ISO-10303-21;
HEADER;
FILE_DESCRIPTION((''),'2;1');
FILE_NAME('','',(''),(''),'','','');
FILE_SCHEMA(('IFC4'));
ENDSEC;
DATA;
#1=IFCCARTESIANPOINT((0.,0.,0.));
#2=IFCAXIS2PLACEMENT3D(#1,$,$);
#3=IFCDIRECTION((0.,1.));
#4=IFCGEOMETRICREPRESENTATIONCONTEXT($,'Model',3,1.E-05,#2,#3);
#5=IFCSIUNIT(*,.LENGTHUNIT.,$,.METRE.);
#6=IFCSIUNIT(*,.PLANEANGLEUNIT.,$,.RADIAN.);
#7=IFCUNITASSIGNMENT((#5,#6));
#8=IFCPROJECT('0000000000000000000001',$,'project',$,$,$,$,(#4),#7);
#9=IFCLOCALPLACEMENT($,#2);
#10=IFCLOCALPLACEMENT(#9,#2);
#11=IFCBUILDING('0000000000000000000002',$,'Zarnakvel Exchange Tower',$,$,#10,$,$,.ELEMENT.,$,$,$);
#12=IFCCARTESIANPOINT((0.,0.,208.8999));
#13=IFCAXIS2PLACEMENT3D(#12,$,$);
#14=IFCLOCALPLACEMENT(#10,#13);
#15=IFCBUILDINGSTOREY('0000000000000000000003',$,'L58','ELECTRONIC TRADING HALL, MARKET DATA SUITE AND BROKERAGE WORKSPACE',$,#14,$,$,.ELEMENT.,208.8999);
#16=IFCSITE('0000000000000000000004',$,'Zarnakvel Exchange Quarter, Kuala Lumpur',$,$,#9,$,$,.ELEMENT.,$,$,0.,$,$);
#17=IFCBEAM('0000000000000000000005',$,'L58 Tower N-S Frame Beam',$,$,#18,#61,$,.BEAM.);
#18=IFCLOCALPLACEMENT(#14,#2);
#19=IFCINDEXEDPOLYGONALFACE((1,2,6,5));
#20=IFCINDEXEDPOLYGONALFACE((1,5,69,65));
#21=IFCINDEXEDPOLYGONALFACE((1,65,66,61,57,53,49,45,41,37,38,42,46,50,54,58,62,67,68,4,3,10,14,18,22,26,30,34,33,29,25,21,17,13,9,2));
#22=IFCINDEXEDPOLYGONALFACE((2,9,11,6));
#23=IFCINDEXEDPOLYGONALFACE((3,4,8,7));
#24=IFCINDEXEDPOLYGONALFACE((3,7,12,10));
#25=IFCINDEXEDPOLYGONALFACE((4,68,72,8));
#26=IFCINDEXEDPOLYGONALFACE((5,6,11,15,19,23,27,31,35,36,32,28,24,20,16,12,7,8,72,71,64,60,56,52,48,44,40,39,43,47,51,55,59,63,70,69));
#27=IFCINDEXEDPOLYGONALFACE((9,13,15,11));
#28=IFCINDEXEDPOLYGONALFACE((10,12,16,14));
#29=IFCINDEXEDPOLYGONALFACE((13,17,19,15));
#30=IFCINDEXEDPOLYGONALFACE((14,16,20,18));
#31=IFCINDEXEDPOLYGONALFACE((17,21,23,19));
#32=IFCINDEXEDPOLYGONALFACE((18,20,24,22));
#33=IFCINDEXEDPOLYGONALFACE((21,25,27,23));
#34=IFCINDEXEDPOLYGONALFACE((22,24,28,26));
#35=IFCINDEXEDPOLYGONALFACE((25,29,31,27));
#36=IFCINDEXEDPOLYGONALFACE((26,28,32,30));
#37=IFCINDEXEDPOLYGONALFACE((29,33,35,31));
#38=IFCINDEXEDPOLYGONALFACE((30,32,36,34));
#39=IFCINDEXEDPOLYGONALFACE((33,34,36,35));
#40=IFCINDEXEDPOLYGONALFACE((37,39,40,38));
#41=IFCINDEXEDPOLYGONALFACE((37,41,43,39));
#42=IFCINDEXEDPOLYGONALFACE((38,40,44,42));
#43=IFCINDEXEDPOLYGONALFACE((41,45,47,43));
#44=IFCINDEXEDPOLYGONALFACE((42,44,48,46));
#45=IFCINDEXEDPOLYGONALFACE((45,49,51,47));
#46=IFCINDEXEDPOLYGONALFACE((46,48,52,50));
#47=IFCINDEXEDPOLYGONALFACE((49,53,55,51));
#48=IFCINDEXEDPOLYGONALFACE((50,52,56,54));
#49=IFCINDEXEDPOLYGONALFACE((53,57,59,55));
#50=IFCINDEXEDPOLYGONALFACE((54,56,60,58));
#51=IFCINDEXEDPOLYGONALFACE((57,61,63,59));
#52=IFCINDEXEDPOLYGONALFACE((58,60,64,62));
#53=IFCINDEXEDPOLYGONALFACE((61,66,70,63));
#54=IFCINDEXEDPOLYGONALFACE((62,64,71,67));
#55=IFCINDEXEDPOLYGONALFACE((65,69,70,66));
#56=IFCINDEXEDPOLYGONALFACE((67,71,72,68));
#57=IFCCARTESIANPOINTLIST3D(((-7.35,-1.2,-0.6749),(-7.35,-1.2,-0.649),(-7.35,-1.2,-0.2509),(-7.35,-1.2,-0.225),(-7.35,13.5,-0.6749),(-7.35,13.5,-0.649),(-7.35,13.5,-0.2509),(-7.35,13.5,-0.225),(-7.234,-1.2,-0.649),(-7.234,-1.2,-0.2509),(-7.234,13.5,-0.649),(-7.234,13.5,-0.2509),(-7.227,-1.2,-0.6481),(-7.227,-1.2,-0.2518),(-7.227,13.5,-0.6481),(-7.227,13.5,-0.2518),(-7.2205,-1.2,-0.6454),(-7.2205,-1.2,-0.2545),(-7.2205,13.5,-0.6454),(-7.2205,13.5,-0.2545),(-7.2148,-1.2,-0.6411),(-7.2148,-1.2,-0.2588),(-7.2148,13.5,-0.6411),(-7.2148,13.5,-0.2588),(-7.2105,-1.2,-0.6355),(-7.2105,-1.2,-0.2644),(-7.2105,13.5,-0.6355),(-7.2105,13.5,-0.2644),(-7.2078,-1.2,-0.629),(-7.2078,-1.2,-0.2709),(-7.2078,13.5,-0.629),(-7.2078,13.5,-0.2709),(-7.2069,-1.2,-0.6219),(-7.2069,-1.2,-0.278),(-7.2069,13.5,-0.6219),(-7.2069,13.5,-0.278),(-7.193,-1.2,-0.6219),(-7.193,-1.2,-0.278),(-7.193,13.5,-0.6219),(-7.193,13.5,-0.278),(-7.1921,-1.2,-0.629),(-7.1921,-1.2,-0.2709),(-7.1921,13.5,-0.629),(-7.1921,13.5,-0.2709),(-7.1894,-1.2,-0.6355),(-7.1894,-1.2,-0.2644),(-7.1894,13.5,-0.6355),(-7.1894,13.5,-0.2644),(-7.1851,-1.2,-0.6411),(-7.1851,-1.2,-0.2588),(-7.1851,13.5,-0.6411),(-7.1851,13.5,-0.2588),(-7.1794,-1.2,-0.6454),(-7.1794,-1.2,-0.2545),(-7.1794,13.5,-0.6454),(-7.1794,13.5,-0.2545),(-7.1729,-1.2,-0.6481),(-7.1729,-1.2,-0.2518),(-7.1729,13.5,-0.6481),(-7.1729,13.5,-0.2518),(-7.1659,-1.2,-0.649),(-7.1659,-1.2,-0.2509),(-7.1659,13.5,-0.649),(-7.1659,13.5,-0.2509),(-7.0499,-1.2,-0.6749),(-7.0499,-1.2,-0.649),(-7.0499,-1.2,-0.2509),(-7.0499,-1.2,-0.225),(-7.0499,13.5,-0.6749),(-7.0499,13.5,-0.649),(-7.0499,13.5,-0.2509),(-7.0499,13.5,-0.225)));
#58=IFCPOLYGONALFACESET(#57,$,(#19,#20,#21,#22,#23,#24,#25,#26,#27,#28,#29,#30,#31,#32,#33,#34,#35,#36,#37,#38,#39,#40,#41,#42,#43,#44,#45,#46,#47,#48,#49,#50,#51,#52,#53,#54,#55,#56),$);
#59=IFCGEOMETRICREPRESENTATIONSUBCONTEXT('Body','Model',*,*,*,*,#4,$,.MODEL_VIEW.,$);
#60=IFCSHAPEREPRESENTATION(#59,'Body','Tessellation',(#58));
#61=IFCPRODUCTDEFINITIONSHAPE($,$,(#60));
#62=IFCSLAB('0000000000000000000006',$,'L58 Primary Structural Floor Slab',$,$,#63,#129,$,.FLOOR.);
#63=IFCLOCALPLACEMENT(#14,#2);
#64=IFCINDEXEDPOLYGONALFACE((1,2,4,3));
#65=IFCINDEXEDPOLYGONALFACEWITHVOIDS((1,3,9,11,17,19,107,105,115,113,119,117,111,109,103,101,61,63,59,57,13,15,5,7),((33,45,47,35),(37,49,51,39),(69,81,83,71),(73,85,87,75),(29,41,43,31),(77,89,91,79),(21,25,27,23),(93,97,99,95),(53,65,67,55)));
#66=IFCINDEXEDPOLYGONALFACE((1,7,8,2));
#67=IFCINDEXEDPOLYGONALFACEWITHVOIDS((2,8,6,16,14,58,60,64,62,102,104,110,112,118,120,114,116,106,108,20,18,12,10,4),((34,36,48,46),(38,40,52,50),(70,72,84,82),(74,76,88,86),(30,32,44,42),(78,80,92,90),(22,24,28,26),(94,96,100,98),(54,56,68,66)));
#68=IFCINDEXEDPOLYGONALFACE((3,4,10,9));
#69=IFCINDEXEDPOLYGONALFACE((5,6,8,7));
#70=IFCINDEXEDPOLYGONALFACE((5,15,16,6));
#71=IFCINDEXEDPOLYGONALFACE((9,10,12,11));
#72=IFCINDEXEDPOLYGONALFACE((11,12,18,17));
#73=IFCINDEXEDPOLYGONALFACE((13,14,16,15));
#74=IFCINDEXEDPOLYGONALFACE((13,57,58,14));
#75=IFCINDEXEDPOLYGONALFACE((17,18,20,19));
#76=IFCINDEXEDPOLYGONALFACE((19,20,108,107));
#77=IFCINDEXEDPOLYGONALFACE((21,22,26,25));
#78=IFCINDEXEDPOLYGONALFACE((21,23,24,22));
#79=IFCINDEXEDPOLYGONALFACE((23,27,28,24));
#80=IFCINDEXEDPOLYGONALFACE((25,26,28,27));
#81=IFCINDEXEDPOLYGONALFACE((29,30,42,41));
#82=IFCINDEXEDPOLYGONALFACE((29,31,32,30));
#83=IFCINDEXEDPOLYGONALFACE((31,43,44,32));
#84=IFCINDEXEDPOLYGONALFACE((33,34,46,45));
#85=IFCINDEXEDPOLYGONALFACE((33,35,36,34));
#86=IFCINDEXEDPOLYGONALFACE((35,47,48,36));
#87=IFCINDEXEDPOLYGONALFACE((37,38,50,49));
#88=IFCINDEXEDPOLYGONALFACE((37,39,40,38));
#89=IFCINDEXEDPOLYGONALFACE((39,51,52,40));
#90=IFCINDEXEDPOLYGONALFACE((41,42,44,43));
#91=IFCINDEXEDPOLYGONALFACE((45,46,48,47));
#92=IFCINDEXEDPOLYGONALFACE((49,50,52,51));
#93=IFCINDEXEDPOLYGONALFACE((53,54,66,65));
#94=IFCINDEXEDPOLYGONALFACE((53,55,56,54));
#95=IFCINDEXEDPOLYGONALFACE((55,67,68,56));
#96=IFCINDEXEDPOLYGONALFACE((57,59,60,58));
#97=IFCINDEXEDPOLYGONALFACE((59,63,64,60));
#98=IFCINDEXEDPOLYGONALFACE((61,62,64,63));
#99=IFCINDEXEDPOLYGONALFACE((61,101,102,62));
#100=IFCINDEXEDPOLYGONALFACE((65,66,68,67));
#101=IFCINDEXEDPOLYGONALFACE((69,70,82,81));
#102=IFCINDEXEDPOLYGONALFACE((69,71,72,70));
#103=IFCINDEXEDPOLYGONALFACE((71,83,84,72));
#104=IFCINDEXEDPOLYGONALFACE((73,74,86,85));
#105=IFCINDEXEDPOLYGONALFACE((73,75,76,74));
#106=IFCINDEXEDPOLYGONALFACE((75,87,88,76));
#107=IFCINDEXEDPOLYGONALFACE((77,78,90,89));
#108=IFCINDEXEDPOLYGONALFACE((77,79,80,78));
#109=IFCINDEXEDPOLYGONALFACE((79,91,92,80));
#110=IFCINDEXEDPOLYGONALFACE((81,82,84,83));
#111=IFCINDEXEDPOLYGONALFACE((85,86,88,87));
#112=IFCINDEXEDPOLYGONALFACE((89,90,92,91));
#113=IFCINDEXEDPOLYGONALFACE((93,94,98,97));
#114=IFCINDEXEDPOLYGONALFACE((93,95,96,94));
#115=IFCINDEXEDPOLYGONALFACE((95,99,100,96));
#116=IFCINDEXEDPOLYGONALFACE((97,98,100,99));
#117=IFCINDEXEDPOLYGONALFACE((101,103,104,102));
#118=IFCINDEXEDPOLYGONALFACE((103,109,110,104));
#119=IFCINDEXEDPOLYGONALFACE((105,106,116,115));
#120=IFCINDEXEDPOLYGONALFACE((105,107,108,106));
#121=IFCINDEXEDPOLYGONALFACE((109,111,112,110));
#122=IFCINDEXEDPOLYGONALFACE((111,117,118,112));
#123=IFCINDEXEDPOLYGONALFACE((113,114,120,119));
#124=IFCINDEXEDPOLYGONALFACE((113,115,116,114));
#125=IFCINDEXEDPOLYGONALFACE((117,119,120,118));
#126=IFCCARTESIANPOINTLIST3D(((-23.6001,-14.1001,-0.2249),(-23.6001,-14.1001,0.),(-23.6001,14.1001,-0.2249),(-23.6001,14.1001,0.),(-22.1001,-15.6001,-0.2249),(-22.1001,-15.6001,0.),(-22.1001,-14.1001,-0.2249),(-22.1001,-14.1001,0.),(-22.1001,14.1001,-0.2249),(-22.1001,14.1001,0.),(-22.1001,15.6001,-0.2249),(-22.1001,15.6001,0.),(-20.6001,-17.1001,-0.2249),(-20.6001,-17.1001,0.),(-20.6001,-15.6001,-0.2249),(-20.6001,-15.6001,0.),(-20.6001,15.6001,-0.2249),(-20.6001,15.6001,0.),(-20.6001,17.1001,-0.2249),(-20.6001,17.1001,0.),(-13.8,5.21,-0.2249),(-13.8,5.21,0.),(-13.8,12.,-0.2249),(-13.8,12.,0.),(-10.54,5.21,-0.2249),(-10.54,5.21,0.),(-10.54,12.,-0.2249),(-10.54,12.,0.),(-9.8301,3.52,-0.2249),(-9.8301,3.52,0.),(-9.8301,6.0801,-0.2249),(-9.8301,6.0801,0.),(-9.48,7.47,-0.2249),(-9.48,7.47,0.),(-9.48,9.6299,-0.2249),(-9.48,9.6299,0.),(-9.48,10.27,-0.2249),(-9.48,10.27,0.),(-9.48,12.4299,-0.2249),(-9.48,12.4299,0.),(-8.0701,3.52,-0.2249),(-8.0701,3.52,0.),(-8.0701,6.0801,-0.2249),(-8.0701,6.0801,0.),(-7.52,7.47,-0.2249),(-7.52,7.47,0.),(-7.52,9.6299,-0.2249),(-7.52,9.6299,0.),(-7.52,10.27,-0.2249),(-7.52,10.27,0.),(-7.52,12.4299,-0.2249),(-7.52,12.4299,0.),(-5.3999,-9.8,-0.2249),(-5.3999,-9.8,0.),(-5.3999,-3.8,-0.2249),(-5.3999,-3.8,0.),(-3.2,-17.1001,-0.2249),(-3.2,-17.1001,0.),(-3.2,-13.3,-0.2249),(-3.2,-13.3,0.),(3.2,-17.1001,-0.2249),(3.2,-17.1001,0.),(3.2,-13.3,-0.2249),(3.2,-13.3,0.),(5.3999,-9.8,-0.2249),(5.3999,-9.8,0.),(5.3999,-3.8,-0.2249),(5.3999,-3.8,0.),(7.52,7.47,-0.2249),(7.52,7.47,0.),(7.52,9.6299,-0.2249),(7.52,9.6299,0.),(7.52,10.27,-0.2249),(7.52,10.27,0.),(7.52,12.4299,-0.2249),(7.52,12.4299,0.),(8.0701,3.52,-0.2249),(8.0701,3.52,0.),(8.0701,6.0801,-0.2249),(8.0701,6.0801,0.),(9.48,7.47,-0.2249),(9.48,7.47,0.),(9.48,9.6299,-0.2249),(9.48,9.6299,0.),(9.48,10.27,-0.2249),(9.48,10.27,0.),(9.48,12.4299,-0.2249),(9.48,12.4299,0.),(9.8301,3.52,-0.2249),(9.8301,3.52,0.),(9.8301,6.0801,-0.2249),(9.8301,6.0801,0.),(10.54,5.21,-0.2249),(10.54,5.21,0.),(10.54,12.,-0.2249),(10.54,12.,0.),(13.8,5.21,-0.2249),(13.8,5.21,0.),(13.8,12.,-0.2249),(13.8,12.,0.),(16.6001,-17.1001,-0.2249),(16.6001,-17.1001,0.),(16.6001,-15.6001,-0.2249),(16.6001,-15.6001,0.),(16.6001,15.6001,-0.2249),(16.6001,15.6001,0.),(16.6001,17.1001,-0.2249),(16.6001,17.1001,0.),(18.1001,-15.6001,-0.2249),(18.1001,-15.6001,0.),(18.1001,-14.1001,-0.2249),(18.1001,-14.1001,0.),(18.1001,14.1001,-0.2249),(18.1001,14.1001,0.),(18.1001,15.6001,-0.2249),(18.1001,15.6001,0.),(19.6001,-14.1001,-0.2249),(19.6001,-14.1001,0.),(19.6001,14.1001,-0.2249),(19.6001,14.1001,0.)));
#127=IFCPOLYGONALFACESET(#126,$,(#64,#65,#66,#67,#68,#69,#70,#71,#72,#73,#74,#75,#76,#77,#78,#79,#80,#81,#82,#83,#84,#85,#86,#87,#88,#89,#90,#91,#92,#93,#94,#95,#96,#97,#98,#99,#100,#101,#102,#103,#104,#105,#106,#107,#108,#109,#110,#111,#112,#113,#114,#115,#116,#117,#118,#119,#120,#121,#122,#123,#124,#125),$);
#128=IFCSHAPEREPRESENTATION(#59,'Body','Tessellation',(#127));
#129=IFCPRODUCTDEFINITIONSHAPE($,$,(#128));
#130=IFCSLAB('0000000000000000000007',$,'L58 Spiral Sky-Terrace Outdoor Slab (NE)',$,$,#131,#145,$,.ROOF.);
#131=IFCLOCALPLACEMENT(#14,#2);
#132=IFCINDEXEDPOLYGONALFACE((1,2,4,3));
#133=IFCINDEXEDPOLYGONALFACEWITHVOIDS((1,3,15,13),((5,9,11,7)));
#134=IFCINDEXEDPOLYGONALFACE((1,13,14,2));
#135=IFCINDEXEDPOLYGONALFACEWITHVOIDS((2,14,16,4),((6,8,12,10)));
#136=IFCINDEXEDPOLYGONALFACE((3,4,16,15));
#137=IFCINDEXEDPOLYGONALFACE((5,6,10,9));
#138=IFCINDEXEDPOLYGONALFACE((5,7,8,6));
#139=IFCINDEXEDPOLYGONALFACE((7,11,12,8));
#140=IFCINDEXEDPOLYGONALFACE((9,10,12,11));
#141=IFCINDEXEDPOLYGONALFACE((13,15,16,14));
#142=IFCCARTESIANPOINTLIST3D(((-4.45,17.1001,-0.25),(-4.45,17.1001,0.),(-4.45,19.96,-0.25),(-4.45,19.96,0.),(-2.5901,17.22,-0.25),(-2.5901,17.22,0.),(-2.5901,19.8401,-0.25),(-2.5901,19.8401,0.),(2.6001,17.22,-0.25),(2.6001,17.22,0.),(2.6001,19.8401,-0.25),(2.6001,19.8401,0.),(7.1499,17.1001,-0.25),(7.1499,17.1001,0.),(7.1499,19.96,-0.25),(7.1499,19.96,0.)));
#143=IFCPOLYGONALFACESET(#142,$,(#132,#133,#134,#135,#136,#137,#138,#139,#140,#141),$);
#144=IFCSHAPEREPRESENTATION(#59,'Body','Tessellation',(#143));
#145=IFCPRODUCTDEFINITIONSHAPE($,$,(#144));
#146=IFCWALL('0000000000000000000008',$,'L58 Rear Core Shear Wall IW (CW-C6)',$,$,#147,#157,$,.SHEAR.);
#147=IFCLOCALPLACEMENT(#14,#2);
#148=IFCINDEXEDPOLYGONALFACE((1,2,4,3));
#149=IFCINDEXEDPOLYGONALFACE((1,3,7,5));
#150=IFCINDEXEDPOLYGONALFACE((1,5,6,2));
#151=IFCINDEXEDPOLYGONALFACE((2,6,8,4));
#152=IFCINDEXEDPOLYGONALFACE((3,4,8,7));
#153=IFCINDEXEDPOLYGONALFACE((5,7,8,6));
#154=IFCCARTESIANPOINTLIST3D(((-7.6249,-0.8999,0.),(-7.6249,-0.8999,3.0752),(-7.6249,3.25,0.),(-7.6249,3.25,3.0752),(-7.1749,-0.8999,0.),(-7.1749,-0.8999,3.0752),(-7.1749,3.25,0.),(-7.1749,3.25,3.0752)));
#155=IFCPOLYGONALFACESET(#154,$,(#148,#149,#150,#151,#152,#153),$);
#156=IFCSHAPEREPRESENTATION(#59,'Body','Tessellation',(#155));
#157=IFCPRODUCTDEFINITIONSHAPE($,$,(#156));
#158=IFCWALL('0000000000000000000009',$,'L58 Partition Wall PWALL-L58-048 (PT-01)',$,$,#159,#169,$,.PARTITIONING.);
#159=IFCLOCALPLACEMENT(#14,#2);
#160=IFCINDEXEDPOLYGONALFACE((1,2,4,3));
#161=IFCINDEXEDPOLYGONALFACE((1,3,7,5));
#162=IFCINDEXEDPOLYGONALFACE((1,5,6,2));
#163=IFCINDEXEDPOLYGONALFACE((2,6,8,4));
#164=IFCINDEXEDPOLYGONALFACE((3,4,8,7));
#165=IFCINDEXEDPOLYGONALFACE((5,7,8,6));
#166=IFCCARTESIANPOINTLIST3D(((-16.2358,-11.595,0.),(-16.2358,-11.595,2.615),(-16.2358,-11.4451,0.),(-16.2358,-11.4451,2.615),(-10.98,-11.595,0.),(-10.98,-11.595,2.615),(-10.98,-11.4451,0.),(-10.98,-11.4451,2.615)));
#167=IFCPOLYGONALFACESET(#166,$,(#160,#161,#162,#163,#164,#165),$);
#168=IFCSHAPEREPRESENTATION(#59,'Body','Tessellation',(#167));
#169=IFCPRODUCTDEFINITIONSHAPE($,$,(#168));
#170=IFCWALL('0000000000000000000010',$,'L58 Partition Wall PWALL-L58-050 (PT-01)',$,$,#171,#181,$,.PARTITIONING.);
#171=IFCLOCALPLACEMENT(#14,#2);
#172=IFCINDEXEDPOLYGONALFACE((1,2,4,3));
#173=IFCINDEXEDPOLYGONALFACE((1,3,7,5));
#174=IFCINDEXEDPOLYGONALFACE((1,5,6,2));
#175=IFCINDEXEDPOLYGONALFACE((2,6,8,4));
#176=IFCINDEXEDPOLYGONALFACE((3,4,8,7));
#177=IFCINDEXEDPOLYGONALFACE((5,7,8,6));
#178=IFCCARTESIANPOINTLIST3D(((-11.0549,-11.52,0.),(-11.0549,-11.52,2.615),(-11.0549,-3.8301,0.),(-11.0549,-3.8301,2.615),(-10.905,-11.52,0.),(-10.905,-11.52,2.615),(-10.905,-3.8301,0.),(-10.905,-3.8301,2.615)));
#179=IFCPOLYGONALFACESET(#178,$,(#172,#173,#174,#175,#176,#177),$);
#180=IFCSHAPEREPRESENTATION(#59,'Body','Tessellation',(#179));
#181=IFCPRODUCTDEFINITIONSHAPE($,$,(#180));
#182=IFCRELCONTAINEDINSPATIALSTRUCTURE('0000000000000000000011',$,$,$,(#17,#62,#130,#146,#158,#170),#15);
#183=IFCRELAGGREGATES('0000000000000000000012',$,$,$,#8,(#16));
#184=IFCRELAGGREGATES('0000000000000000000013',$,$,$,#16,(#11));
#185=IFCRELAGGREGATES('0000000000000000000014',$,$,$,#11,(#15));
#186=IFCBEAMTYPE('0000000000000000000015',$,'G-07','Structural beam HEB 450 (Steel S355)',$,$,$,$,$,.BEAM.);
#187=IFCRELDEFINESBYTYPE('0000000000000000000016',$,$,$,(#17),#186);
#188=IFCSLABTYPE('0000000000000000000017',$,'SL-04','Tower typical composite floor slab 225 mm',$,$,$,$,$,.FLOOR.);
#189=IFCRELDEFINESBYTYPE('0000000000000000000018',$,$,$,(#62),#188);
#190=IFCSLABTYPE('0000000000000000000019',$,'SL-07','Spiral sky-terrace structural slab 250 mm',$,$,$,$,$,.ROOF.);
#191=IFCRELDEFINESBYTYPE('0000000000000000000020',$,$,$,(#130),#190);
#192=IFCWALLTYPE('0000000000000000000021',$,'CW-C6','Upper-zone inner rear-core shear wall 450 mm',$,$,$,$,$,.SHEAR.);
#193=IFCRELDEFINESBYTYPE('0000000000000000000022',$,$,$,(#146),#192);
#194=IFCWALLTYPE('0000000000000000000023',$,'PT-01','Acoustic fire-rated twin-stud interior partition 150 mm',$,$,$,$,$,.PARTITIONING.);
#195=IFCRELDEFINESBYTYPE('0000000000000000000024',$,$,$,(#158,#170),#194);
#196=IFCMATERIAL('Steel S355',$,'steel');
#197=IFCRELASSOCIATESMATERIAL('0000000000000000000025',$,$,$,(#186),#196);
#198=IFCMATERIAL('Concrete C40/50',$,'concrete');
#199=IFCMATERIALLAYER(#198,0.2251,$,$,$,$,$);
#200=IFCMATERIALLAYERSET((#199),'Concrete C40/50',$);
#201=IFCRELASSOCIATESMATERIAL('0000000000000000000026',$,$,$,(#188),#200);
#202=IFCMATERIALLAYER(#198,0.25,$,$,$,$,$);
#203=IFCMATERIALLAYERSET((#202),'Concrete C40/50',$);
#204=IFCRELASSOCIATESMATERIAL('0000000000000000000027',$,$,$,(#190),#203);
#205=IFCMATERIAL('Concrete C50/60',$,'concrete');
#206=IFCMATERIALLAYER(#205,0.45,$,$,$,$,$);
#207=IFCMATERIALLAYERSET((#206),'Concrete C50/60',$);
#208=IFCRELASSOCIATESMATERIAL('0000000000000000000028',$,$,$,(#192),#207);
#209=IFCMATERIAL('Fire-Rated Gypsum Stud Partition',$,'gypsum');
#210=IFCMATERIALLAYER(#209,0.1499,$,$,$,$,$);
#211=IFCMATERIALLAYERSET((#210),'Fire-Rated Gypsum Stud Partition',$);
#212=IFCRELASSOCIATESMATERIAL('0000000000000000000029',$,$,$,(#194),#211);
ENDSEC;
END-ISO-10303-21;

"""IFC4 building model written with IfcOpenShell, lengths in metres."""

from ifc_helpers import new_model, si_unit, direction, frame, frame_2d, origin, origin_2d, place, context, subcontext, project, spatial, polyline, rectangle, i_section, outline, extrude, material, layer, layer_set, material_profile, profile_set, type_object, element, save


model = new_model("IFC4")

# Units and contexts
model_context = context("Model", 3, precision=1e-05, world=origin(), true_north=direction((0.0, 1.0)))
body_context = subcontext(model_context, "Body", "Model", "MODEL_VIEW")
ifc_project = project(units=[si_unit("LENGTHUNIT", "METRE"), si_unit("PLANEANGLEUNIT", "RADIAN")], contexts=[model_context])

# Site, building, storey
site_placement = place(None, origin())
site = spatial("IfcSite", under=ifc_project, at=site_placement, Name="Zarnakvel Exchange Quarter, Kuala Lumpur", CompositionType="ELEMENT", RefElevation=0.0)
building_placement = place(site_placement, origin())
building = spatial("IfcBuilding", under=site, at=building_placement, Name="Zarnakvel Exchange Tower", CompositionType="ELEMENT")
storey_placement = place(building_placement, frame((0.0, 0.0, 208.8999)))
storey = spatial("IfcBuildingStorey", under=building, at=storey_placement, Name="L58", Description="ELECTRONIC TRADING HALL, MARKET DATA SUITE AND BROKERAGE WORKSPACE", CompositionType="ELEMENT", Elevation=208.8999)

# Shared definitions
ifc_material_1 = material(Name="Concrete C50/60", Category="concrete")

# Beam
ifc_material_2 = material(Name="Steel S355", Category="steel")
ifc_material_profile_1 = material_profile(ifc_material_2, i_section(OverallWidth=0.3, OverallDepth=0.45, WebThickness=0.0139, FlangeThickness=0.0259, FilletRadius=0.0271, at=origin_2d()))
ifc_profile_set_1 = profile_set([ifc_material_profile_1], Name="Steel S355")
beam_type_1 = type_object("IfcBeamType", Name="G-07", Description="Structural beam HEB 450 (Steel S355)", PredefinedType="BEAM", material=ifc_profile_set_1)
beam_1_placement = place(storey_placement, frame((-7.2, -1.2, -0.45), z_axis=(0.0, 1.0, 0.0), x_axis=(-1.0, 0.0, 0.0)))
element("IfcBeam", 1, at=beam_1_placement, inside=storey, type_object=beam_type_1, Name="L58 Tower N-S Frame Beam", PredefinedType="BEAM", context=body_context, shape_type="SweptSolid", body=[
    extrude(i_section(OverallWidth=0.3, OverallDepth=0.45, WebThickness=0.0139, FlangeThickness=0.0259, FilletRadius=0.0271, at=origin_2d()), origin(), (0.0, 0.0, 1.0), 14.7),
])

# Slabs
ifc_material_3 = material(Name="Concrete C40/50", Category="concrete")
ifc_layer_1 = layer(ifc_material_3, 0.2251)
ifc_layer_set_1 = layer_set([ifc_layer_1], Name="Concrete C40/50")
slab_type_1 = type_object("IfcSlabType", Name="SL-04", Description="Tower typical composite floor slab 225 mm", PredefinedType="FLOOR", material=ifc_layer_set_1)
slab_1_placement = place(storey_placement, frame((0.0, 0.0, -0.2249)))
element("IfcSlab", 2, at=slab_1_placement, inside=storey, type_object=slab_type_1, Name="L58 Primary Structural Floor Slab", PredefinedType="FLOOR", context=body_context, shape_type="SweptSolid", body=[
    extrude(outline(polyline([(-23.6001, -14.1001), (-22.1001, -14.1001), (-22.1001, -15.6001), (-20.6001, -15.6001), (-20.6001, -17.1001), (-3.2, -17.1001), (-3.2, -13.3), (3.2, -13.3), (3.2, -17.1001), (16.6001, -17.1001), (16.6001, -15.6001), (18.1001, -15.6001), (18.1001, -14.1001), (19.6001, -14.1001), (19.6001, 14.1001), (18.1001, 14.1001), (18.1001, 15.6001), (16.6001, 15.6001), (16.6001, 17.1001), (-20.6001, 17.1001), (-20.6001, 15.6001), (-22.1001, 15.6001), (-22.1001, 14.1001), (-23.6001, 14.1001), (-23.6001, -14.1001)]), holes=[polyline([(-5.3999, -9.8), (5.3999, -9.8), (5.3999, -3.8), (-5.3999, -3.8), (-5.3999, -9.8)]), polyline([(-13.8, 5.21), (-10.54, 5.21), (-10.54, 12.0), (-13.8, 12.0), (-13.8, 5.21)]), polyline([(10.54, 5.21), (13.8, 5.21), (13.8, 12.0), (10.54, 12.0), (10.54, 5.21)]), polyline([(-9.8301, 3.52), (-8.0701, 3.52), (-8.0701, 6.0801), (-9.8301, 6.0801), (-9.8301, 3.52)]), polyline([(8.0701, 3.52), (9.8301, 3.52), (9.8301, 6.0801), (8.0701, 6.0801), (8.0701, 3.52)]), polyline([(-9.48, 7.47), (-7.52, 7.47), (-7.52, 9.6299), (-9.48, 9.6299), (-9.48, 7.47)]), polyline([(-9.48, 10.27), (-7.52, 10.27), (-7.52, 12.4299), (-9.48, 12.4299), (-9.48, 10.27)]), polyline([(7.52, 7.47), (9.48, 7.47), (9.48, 9.6299), (7.52, 9.6299), (7.52, 7.47)]), polyline([(7.52, 10.27), (9.48, 10.27), (9.48, 12.4299), (7.52, 12.4299), (7.52, 10.27)])]), origin(), (0.0, 0.0, 1.0), 0.2249),
])
ifc_layer_2 = layer(ifc_material_3, 0.25)
ifc_layer_set_2 = layer_set([ifc_layer_2], Name="Concrete C40/50")
slab_type_2 = type_object("IfcSlabType", Name="SL-07", Description="Spiral sky-terrace structural slab 250 mm", PredefinedType="ROOF", material=ifc_layer_set_2)
slab_2_placement = place(storey_placement, frame((0.0, 0.0, -0.25)))
element("IfcSlab", 3, at=slab_2_placement, inside=storey, type_object=slab_type_2, Name="L58 Spiral Sky-Terrace Outdoor Slab (NE)", PredefinedType="ROOF", context=body_context, shape_type="SweptSolid", body=[
    extrude(outline(polyline([(-4.45, 17.1001), (7.1499, 17.1001), (7.1499, 19.96), (-4.45, 19.96), (-4.45, 17.1001)]), holes=[polyline([(-2.5901, 17.22), (2.6001, 17.22), (2.6001, 19.8401), (-2.5901, 19.8401), (-2.5901, 17.22)])]), origin(), (0.0, 0.0, 1.0), 0.25),
])

# Walls
ifc_layer_3 = layer(ifc_material_1, 0.45)
ifc_layer_set_3 = layer_set([ifc_layer_3], Name="Concrete C50/60")
wall_type_1 = type_object("IfcWallType", Name="CW-C6", Description="Upper-zone inner rear-core shear wall 450 mm", PredefinedType="SHEAR", material=ifc_layer_set_3)
wall_1_placement = place(storey_placement, frame((-7.3999, -0.8999, 0.0), z_axis=(0.0, 0.0, 1.0), x_axis=(0.0, 1.0, 0.0)))
element("IfcWall", 4, at=wall_1_placement, inside=storey, type_object=wall_type_1, Name="L58 Rear Core Shear Wall IW (CW-C6)", PredefinedType="SHEAR", context=body_context, shape_type="SweptSolid", body=[
    extrude(rectangle(XDim=4.1499, YDim=0.45, at=frame_2d((2.075, 0.0))), origin(), (0.0, 0.0, 1.0), 3.0752),
])
ifc_material_4 = material(Name="Fire-Rated Gypsum Stud Partition", Category="gypsum")
ifc_layer_4 = layer(ifc_material_4, 0.1499)
ifc_layer_set_4 = layer_set([ifc_layer_4], Name="Fire-Rated Gypsum Stud Partition")
wall_type_2 = type_object("IfcWallType", Name="PT-01", Description="Acoustic fire-rated twin-stud interior partition 150 mm", PredefinedType="PARTITIONING", material=ifc_layer_set_4)
wall_2_placement = place(storey_placement, frame((-10.98, -11.52, 0.0), z_axis=(0.0, 0.0, 1.0), x_axis=(-1.0, 0.0, 0.0)))
element("IfcWall", 5, at=wall_2_placement, inside=storey, type_object=wall_type_2, Name="L58 Partition Wall PWALL-L58-048 (PT-01)", PredefinedType="PARTITIONING", context=body_context, shape_type="SweptSolid", body=[
    extrude(rectangle(XDim=5.2559, YDim=0.1499, at=frame_2d((2.6279, 0.0))), origin(), (0.0, 0.0, 1.0), 2.615),
])
wall_3_placement = place(storey_placement, frame((-10.98, -3.8301, 0.0), z_axis=(0.0, 0.0, 1.0), x_axis=(0.0, -1.0, 0.0)))
element("IfcWall", 6, at=wall_3_placement, inside=storey, type_object=wall_type_2, Name="L58 Partition Wall PWALL-L58-050 (PT-01)", PredefinedType="PARTITIONING", context=body_context, shape_type="SweptSolid", body=[
    extrude(rectangle(XDim=7.6899, YDim=0.1499, at=frame_2d((3.845, 0.0))), origin(), (0.0, 0.0, 1.0), 2.615),
])

save(model, "model.ifc")
